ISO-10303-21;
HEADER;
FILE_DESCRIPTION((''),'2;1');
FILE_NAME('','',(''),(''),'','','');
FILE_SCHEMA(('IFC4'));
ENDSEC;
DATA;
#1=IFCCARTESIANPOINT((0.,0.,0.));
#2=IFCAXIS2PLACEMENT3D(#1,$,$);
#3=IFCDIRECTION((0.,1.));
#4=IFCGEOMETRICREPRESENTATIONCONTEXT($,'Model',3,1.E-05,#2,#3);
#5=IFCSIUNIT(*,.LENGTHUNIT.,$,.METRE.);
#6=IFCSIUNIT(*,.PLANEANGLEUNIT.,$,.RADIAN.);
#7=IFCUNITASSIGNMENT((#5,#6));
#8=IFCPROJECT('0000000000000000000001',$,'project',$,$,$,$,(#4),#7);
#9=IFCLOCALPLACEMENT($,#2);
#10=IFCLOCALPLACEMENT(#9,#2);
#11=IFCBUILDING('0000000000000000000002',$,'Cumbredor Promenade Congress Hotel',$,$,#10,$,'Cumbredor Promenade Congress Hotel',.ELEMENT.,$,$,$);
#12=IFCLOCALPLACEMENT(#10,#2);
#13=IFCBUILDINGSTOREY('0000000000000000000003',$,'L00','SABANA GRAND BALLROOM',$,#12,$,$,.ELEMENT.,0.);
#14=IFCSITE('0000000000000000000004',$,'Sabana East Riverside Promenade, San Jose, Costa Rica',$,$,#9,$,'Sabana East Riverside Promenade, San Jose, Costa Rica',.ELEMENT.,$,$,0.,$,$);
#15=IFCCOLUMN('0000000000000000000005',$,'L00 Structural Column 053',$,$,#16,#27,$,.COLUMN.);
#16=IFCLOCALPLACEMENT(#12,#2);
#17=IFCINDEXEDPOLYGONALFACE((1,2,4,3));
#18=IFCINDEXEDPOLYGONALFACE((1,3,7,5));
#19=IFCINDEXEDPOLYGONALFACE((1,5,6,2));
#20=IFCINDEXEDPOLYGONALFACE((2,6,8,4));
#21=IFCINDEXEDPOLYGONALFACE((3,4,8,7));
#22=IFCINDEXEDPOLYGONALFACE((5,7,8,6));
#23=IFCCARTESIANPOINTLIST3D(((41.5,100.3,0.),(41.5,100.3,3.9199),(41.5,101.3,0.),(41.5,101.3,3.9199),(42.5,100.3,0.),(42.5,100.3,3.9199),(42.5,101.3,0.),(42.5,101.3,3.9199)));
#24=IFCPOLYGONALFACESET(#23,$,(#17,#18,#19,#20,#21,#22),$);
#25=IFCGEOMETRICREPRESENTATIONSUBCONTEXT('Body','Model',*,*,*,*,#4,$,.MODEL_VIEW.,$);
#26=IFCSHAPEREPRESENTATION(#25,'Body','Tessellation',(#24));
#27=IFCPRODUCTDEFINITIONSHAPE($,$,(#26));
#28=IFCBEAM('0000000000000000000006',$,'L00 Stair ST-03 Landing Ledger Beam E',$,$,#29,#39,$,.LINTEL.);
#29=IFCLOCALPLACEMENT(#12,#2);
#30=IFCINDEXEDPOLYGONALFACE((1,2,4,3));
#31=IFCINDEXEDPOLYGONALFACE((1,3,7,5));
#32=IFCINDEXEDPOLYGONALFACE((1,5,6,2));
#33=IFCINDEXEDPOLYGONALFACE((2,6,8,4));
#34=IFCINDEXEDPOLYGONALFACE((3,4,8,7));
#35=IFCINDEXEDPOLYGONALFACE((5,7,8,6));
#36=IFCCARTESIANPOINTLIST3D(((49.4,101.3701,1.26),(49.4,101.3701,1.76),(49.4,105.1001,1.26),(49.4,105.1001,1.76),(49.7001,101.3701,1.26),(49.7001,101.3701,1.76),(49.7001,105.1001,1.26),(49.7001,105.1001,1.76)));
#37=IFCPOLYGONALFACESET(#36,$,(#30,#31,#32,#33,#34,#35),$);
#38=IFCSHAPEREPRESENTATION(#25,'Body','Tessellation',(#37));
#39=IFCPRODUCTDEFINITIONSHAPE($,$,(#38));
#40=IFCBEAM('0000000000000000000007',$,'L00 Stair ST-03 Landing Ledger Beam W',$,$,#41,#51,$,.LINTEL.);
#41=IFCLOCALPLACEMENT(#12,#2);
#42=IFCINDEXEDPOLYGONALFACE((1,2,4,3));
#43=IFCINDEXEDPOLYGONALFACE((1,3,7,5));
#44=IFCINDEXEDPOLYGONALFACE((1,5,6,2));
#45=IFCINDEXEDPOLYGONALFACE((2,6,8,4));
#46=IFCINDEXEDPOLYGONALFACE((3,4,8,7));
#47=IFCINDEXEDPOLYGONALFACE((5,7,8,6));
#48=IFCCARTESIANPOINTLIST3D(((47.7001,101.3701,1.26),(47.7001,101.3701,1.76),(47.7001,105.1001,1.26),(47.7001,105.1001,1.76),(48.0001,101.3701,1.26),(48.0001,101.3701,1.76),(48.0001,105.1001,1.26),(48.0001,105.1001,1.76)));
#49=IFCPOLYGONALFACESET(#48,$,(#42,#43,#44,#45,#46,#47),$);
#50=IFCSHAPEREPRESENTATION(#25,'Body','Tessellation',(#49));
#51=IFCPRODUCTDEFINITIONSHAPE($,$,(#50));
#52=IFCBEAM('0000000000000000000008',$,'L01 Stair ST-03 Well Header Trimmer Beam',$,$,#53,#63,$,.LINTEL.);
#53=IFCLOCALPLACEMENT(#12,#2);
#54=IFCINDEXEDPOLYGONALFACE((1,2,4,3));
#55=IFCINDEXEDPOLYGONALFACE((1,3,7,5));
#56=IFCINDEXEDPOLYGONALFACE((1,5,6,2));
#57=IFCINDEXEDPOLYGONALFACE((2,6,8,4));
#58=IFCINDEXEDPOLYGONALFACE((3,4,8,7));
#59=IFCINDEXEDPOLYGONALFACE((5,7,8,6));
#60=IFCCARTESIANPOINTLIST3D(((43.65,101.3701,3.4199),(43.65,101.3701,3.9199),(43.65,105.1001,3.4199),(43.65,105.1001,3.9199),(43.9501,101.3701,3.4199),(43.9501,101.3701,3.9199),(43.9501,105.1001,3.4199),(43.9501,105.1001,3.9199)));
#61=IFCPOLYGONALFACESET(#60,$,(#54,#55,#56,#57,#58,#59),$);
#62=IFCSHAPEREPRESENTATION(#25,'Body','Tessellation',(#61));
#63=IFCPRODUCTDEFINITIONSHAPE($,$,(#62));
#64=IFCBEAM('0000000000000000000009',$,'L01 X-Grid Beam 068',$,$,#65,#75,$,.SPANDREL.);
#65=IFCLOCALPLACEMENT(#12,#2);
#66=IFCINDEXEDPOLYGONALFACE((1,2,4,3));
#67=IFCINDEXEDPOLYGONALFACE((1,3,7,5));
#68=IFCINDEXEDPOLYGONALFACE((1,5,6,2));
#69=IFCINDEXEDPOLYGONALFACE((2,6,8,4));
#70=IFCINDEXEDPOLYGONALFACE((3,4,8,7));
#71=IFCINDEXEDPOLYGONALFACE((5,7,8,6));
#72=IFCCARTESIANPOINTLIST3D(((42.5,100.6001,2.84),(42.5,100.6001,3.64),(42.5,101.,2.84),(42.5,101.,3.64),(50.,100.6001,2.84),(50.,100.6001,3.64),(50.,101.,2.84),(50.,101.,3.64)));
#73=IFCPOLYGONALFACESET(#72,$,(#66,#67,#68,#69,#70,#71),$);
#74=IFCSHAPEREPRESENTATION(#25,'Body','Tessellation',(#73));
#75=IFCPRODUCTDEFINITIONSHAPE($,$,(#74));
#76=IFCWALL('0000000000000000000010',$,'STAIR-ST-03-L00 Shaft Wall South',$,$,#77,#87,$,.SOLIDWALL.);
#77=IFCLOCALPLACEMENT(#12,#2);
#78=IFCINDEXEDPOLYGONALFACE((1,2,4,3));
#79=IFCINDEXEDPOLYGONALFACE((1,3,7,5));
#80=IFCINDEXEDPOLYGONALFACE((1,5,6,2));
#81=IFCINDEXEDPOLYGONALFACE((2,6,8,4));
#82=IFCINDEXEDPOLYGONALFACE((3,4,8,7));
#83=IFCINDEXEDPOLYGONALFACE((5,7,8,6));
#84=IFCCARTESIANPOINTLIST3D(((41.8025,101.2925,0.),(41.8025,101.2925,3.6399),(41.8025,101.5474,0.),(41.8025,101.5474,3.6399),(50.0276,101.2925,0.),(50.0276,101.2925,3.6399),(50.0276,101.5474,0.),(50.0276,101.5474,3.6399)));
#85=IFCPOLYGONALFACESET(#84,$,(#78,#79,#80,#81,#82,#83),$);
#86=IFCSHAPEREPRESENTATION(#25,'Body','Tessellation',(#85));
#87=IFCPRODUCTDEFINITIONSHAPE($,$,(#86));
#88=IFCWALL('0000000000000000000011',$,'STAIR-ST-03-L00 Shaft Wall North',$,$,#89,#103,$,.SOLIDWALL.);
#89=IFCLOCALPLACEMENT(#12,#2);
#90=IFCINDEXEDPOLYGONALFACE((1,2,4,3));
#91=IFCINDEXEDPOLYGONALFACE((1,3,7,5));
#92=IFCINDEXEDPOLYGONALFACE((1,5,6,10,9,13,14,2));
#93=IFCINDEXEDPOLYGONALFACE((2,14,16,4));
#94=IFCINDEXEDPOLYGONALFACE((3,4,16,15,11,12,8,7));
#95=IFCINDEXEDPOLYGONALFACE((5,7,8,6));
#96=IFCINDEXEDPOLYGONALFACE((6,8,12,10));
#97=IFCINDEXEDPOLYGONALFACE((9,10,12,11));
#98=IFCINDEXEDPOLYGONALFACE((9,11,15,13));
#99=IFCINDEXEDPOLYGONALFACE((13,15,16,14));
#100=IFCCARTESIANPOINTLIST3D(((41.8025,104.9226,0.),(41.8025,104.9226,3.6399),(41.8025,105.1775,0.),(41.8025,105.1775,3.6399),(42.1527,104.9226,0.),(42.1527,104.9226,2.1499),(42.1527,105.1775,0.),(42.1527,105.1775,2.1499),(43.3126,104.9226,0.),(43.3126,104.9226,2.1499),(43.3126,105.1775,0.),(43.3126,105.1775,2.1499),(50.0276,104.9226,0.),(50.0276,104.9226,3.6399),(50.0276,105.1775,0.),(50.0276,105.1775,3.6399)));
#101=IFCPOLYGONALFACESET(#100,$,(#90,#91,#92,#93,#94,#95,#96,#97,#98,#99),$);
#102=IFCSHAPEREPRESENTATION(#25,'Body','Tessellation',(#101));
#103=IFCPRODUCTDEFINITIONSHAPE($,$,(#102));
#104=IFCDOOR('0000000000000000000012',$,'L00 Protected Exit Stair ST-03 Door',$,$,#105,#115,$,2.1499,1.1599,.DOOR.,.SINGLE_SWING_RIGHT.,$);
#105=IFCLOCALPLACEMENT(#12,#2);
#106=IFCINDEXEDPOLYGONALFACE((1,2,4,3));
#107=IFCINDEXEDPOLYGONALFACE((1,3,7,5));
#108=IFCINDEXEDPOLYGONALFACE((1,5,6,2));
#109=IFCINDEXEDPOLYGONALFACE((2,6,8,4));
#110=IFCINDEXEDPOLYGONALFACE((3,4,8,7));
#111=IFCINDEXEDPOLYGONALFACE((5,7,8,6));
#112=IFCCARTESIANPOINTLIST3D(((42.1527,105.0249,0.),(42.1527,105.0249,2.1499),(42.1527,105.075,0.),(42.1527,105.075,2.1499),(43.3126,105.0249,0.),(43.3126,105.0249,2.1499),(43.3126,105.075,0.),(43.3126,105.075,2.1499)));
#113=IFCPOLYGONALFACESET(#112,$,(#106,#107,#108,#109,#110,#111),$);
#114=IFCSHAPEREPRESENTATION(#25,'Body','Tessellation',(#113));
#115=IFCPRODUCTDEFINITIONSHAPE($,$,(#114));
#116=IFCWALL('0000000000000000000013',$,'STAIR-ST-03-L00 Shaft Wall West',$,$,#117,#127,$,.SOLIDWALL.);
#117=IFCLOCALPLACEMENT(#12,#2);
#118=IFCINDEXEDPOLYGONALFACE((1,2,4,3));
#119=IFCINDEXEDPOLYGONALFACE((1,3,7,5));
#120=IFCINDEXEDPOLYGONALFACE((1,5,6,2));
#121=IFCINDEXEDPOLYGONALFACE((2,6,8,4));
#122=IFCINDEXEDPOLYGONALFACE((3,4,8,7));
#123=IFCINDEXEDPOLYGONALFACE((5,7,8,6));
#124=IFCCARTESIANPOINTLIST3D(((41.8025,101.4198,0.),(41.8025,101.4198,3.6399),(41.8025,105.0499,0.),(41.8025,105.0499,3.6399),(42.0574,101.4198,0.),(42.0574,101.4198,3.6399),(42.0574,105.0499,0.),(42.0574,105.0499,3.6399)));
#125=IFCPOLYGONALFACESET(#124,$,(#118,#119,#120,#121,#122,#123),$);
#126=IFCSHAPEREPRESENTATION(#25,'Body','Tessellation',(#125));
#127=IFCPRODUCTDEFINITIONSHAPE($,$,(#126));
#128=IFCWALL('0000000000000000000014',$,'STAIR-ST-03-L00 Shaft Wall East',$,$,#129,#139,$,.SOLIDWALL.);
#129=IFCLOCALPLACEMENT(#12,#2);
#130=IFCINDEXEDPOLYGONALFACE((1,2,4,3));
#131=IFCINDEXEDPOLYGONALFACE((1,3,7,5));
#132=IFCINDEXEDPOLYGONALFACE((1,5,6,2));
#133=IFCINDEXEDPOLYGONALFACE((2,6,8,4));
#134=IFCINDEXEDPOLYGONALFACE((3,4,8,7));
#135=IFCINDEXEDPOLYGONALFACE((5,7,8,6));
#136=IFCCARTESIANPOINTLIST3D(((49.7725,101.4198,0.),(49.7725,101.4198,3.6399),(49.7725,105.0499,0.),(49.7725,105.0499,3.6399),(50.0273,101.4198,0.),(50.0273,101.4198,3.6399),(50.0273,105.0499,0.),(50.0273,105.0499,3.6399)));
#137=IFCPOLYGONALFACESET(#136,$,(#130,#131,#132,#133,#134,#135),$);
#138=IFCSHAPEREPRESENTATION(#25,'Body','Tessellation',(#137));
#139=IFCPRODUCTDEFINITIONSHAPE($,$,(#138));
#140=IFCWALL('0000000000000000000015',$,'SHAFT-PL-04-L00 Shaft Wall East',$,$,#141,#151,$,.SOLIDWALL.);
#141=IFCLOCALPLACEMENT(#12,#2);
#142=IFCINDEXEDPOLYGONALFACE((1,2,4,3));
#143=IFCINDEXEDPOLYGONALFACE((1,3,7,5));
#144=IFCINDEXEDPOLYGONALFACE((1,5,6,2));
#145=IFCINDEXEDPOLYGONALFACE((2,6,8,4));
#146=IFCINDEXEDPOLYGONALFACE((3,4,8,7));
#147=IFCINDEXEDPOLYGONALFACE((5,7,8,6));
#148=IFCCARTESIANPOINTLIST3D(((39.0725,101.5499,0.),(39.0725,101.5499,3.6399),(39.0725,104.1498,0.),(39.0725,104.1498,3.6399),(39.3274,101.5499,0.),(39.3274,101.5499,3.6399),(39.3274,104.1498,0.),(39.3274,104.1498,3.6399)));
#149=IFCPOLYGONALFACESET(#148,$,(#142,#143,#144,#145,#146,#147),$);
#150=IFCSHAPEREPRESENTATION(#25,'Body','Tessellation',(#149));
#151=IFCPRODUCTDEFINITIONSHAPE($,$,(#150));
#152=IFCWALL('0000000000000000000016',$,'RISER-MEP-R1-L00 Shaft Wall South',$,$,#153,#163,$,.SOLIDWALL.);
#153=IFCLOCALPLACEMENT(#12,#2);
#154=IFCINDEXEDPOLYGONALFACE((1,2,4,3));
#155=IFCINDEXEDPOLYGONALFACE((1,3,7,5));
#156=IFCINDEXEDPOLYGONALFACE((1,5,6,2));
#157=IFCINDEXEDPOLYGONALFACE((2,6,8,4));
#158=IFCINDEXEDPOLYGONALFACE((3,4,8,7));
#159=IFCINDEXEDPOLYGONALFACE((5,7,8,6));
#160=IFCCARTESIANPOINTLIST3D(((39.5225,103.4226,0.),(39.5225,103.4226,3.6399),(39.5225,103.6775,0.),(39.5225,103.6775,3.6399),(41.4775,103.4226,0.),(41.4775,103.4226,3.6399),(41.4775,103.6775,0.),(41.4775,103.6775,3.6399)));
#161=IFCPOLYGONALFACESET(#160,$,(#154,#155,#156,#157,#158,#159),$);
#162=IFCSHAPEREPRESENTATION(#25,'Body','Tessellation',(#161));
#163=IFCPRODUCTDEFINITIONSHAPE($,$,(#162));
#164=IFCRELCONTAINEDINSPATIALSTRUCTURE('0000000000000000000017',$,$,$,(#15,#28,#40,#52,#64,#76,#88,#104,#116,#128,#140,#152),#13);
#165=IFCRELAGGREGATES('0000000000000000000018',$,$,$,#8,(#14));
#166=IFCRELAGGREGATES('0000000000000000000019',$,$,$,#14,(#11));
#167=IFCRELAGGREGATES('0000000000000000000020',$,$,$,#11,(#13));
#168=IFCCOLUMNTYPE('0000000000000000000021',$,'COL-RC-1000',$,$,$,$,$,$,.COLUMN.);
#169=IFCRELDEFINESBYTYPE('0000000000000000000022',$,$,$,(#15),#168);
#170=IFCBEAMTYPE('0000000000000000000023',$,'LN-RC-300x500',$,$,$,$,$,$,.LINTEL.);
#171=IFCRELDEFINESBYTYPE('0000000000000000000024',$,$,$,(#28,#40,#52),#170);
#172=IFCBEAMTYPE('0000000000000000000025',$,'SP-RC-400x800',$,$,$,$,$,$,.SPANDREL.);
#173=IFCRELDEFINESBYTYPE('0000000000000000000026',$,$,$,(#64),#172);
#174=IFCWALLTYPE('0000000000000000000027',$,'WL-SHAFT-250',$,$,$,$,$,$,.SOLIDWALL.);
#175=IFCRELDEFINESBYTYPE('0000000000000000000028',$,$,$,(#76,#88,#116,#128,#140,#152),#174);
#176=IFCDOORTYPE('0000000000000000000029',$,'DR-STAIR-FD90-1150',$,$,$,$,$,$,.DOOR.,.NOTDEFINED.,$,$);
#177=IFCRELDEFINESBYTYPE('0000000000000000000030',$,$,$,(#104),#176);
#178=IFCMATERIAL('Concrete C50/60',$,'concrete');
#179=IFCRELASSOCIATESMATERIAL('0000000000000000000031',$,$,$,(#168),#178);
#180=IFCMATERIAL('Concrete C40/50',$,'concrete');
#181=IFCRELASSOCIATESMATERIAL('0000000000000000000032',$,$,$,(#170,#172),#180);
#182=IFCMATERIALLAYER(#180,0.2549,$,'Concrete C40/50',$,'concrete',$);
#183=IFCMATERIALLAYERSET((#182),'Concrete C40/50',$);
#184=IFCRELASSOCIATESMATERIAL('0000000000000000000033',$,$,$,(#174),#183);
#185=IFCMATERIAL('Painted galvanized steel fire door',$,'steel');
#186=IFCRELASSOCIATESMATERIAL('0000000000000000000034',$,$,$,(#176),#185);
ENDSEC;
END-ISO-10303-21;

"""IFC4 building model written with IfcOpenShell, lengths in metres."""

from ifc_helpers import new_model, si_unit, direction, frame, frame_2d, origin, origin_2d, place, context, subcontext, project, spatial, rectangle, extrude, material, layer, layer_set, material_profile, profile_set, type_object, element, fill, save


model = new_model("IFC4")

# Units and contexts
model_context = context("Model", 3, precision=1e-05, world=origin(), true_north=direction((0.0, 1.0)))
body_context = subcontext(model_context, "Body", "Model", "MODEL_VIEW")
ifc_project = project(units=[si_unit("LENGTHUNIT", "METRE"), si_unit("PLANEANGLEUNIT", "RADIAN")], contexts=[model_context])

# Site, building, storey
site_placement = place(None, origin())
site = spatial("IfcSite", under=ifc_project, at=site_placement, Name="Sabana East Riverside Promenade, San Jose, Costa Rica", LongName="Sabana East Riverside Promenade, San Jose, Costa Rica", CompositionType="ELEMENT", RefElevation=0.0)
building_placement = place(site_placement, origin())
building = spatial("IfcBuilding", under=site, at=building_placement, Name="Cumbredor Promenade Congress Hotel", LongName="Cumbredor Promenade Congress Hotel", CompositionType="ELEMENT")
storey_placement = place(building_placement, origin())
storey = spatial("IfcBuildingStorey", under=building, at=storey_placement, Name="L00", Description="SABANA GRAND BALLROOM", CompositionType="ELEMENT", Elevation=0.0)

# Column
ifc_material_1 = material(Name="Concrete C50/60", Category="concrete")
ifc_material_profile_1 = material_profile(ifc_material_1, rectangle(XDim=1.0, YDim=1.0, at=origin_2d()), Name="RC 1000x1000")
ifc_profile_set_1 = profile_set([ifc_material_profile_1], Name="Concrete C50/60")
column_type = type_object("IfcColumnType", Name="COL-RC-1000", PredefinedType="COLUMN", material=ifc_profile_set_1)
column_placement = place(storey_placement, frame((42.0, 100.8, 0.0), z_axis=(0.0, 0.0, 1.0), x_axis=(1.0, 0.0, 0.0)))
element("IfcColumn", 1, at=column_placement, inside=storey, type_object=column_type, Name="L00 Structural Column 053", PredefinedType="COLUMN", context=body_context, shape_type="SweptSolid", body=[
    extrude(rectangle(XDim=1.0, YDim=1.0, at=origin_2d()), origin(), (0.0, 0.0, 1.0), 3.9199),
])

# Beams
ifc_material_2 = material(Name="Concrete C40/50", Category="concrete")
ifc_material_profile_2 = material_profile(ifc_material_2, rectangle(XDim=0.3, YDim=0.5, at=origin_2d()), Name="RC LINTEL 300x500")
ifc_profile_set_2 = profile_set([ifc_material_profile_2], Name="Concrete C40/50")
beam_type_1 = type_object("IfcBeamType", Name="LN-RC-300x500", PredefinedType="LINTEL", material=ifc_profile_set_2)
for number, where, z_axis, x_axis, name in (
    (2, (49.55, 101.3701, 1.51), (0.0, 1.0, 0.0), (-1.0, 0.0, 0.0), "L00 Stair ST-03 Landing Ledger Beam E"),
    (3, (47.8501, 101.3701, 1.51), (0.0, 1.0, 0.0), (-1.0, 0.0, 0.0), "L00 Stair ST-03 Landing Ledger Beam W"),
    (4, (43.8, 101.3701, 3.6699), (0.0, 1.0, 0.0), (-1.0, 0.0, 0.0), "L01 Stair ST-03 Well Header Trimmer Beam"),
):
    element("IfcBeam", number, at=place(storey_placement, frame(where, z_axis=z_axis, x_axis=x_axis)), inside=storey, type_object=beam_type_1, Name=name, PredefinedType="LINTEL", context=body_context, shape_type="SweptSolid", body=[
        extrude(rectangle(XDim=0.3, YDim=0.5, at=origin_2d()), origin(), (0.0, 0.0, 1.0), 3.73),
    ])
ifc_material_profile_3 = material_profile(ifc_material_2, rectangle(XDim=0.3999, YDim=0.8, at=origin_2d()), Name="RC SPANDREL 400x800")
ifc_profile_set_3 = profile_set([ifc_material_profile_3], Name="Concrete C40/50")
beam_type_2 = type_object("IfcBeamType", Name="SP-RC-400x800", PredefinedType="SPANDREL", material=ifc_profile_set_3)
beam_placement = place(storey_placement, frame((42.5, 100.8, 3.24), z_axis=(1.0, 0.0, 0.0), x_axis=(0.0, 1.0, 0.0)))
element("IfcBeam", 5, at=beam_placement, inside=storey, type_object=beam_type_2, Name="L01 X-Grid Beam 068", PredefinedType="SPANDREL", context=body_context, shape_type="SweptSolid", body=[
    extrude(rectangle(XDim=0.3999, YDim=0.8, at=origin_2d()), origin(), (0.0, 0.0, 1.0), 7.5),
])

# Wall
ifc_layer = layer(ifc_material_2, 0.2549, Name="Concrete C40/50", Category="concrete")
ifc_layer_set = layer_set([ifc_layer], Name="Concrete C40/50")
wall_type = type_object("IfcWallType", Name="WL-SHAFT-250", PredefinedType="SOLIDWALL", material=ifc_layer_set)
wall_1_placement = place(storey_placement, frame((41.8025, 101.4199, 0.0), z_axis=(0.0, 0.0, 1.0), x_axis=(1.0, 0.0, 0.0)))
element("IfcWall", 6, at=wall_1_placement, inside=storey, type_object=wall_type, Name="STAIR-ST-03-L00 Shaft Wall South", PredefinedType="SOLIDWALL", context=body_context, shape_type="SweptSolid", body=[
    extrude(rectangle(XDim=8.2251, YDim=0.2549, at=frame_2d((4.1125, 0.0))), origin(), (0.0, 0.0, 1.0), 3.6399),
])

# Wall, opening, door
wall_2_placement = place(storey_placement, frame((41.8025, 105.05, 0.0), z_axis=(0.0, 0.0, 1.0), x_axis=(1.0, 0.0, 0.0)))
wall_2 = element("IfcWall", 7, at=wall_2_placement, inside=storey, type_object=wall_type, Name="STAIR-ST-03-L00 Shaft Wall North", PredefinedType="SOLIDWALL", context=body_context, shape_type="SweptSolid", body=[
    extrude(rectangle(XDim=8.2251, YDim=0.2549, at=frame_2d((4.1125, 0.0))), origin(), (0.0, 0.0, 1.0), 3.6399),
])
opening_1_placement = place(wall_2_placement, frame((0.3501, 0.0, 0.0)))
opening_1 = element("IfcOpeningElement", 8, at=opening_1_placement, cuts=wall_2, PredefinedType="OPENING", context=body_context, shape_type="SweptSolid", body=[
    extrude(rectangle(XDim=1.1599, YDim=2.1499, at=frame_2d((0.5801, 1.075))), frame((0.0, 0.1375, 0.0), z_axis=(0.0, -1.0, 0.0), x_axis=(1.0, 0.0, 0.0)), (0.0, 0.0, 1.0), 0.2749),
])
ifc_material_3 = material(Name="Painted galvanized steel fire door", Category="steel")
door_type_1 = type_object("IfcDoorType", Name="DR-STAIR-FD90-1150", OperationType="NOTDEFINED", PredefinedType="DOOR", material=ifc_material_3)
door_1_placement = place(opening_1_placement, origin())
door_1 = element("IfcDoor", 9, at=door_1_placement, inside=storey, type_object=door_type_1, Name="L00 Protected Exit Stair ST-03 Door", OperationType="SINGLE_SWING_RIGHT", OverallHeight=2.1499, OverallWidth=1.1599, PredefinedType="DOOR", context=body_context, shape_type="SweptSolid", body=[
    extrude(rectangle(XDim=1.1599, YDim=2.1499, at=frame_2d((0.5801, 1.075))), frame((0.0, 0.0249, 0.0), z_axis=(0.0, -1.0, 0.0), x_axis=(1.0, 0.0, 0.0)), (0.0, 0.0, 1.0), 0.05),
])
fill(opening_1, door_1)

# Walls
for number, where, z_axis, x_axis, name in (
    (10, (41.9299, 101.4199, 0.0), (0.0, 0.0, 1.0), (0.0, 1.0, 0.0), "STAIR-ST-03-L00 Shaft Wall West"),
    (11, (49.8999, 101.4199, 0.0), (0.0, 0.0, 1.0), (0.0, 1.0, 0.0), "STAIR-ST-03-L00 Shaft Wall East"),
):
    element("IfcWall", number, at=place(storey_placement, frame(where, z_axis=z_axis, x_axis=x_axis)), inside=storey, type_object=wall_type, Name=name, PredefinedType="SOLIDWALL", context=body_context, shape_type="SweptSolid", body=[
        extrude(rectangle(XDim=3.6301, YDim=0.2549, at=frame_2d((1.8149, 0.0))), origin(), (0.0, 0.0, 1.0), 3.6399),
    ])
wall_3_placement = place(storey_placement, frame((39.2, 101.55, 0.0), z_axis=(0.0, 0.0, 1.0), x_axis=(0.0, 1.0, 0.0)))
element("IfcWall", 12, at=wall_3_placement, inside=storey, type_object=wall_type, Name="SHAFT-PL-04-L00 Shaft Wall East", PredefinedType="SOLIDWALL", context=body_context, shape_type="SweptSolid", body=[
    extrude(rectangle(XDim=2.5999, YDim=0.2549, at=frame_2d((1.2998, 0.0))), origin(), (0.0, 0.0, 1.0), 3.6399),
])
wall_4_placement = place(storey_placement, frame((39.5225, 103.55, 0.0), z_axis=(0.0, 0.0, 1.0), x_axis=(1.0, 0.0, 0.0)))
element("IfcWall", 13, at=wall_4_placement, inside=storey, type_object=wall_type, Name="RISER-MEP-R1-L00 Shaft Wall South", PredefinedType="SOLIDWALL", context=body_context, shape_type="SweptSolid", body=[
    extrude(rectangle(XDim=1.9551, YDim=0.2549, at=frame_2d((0.9775, 0.0))), origin(), (0.0, 0.0, 1.0), 3.6399),
])

save(model, "model.ifc")
